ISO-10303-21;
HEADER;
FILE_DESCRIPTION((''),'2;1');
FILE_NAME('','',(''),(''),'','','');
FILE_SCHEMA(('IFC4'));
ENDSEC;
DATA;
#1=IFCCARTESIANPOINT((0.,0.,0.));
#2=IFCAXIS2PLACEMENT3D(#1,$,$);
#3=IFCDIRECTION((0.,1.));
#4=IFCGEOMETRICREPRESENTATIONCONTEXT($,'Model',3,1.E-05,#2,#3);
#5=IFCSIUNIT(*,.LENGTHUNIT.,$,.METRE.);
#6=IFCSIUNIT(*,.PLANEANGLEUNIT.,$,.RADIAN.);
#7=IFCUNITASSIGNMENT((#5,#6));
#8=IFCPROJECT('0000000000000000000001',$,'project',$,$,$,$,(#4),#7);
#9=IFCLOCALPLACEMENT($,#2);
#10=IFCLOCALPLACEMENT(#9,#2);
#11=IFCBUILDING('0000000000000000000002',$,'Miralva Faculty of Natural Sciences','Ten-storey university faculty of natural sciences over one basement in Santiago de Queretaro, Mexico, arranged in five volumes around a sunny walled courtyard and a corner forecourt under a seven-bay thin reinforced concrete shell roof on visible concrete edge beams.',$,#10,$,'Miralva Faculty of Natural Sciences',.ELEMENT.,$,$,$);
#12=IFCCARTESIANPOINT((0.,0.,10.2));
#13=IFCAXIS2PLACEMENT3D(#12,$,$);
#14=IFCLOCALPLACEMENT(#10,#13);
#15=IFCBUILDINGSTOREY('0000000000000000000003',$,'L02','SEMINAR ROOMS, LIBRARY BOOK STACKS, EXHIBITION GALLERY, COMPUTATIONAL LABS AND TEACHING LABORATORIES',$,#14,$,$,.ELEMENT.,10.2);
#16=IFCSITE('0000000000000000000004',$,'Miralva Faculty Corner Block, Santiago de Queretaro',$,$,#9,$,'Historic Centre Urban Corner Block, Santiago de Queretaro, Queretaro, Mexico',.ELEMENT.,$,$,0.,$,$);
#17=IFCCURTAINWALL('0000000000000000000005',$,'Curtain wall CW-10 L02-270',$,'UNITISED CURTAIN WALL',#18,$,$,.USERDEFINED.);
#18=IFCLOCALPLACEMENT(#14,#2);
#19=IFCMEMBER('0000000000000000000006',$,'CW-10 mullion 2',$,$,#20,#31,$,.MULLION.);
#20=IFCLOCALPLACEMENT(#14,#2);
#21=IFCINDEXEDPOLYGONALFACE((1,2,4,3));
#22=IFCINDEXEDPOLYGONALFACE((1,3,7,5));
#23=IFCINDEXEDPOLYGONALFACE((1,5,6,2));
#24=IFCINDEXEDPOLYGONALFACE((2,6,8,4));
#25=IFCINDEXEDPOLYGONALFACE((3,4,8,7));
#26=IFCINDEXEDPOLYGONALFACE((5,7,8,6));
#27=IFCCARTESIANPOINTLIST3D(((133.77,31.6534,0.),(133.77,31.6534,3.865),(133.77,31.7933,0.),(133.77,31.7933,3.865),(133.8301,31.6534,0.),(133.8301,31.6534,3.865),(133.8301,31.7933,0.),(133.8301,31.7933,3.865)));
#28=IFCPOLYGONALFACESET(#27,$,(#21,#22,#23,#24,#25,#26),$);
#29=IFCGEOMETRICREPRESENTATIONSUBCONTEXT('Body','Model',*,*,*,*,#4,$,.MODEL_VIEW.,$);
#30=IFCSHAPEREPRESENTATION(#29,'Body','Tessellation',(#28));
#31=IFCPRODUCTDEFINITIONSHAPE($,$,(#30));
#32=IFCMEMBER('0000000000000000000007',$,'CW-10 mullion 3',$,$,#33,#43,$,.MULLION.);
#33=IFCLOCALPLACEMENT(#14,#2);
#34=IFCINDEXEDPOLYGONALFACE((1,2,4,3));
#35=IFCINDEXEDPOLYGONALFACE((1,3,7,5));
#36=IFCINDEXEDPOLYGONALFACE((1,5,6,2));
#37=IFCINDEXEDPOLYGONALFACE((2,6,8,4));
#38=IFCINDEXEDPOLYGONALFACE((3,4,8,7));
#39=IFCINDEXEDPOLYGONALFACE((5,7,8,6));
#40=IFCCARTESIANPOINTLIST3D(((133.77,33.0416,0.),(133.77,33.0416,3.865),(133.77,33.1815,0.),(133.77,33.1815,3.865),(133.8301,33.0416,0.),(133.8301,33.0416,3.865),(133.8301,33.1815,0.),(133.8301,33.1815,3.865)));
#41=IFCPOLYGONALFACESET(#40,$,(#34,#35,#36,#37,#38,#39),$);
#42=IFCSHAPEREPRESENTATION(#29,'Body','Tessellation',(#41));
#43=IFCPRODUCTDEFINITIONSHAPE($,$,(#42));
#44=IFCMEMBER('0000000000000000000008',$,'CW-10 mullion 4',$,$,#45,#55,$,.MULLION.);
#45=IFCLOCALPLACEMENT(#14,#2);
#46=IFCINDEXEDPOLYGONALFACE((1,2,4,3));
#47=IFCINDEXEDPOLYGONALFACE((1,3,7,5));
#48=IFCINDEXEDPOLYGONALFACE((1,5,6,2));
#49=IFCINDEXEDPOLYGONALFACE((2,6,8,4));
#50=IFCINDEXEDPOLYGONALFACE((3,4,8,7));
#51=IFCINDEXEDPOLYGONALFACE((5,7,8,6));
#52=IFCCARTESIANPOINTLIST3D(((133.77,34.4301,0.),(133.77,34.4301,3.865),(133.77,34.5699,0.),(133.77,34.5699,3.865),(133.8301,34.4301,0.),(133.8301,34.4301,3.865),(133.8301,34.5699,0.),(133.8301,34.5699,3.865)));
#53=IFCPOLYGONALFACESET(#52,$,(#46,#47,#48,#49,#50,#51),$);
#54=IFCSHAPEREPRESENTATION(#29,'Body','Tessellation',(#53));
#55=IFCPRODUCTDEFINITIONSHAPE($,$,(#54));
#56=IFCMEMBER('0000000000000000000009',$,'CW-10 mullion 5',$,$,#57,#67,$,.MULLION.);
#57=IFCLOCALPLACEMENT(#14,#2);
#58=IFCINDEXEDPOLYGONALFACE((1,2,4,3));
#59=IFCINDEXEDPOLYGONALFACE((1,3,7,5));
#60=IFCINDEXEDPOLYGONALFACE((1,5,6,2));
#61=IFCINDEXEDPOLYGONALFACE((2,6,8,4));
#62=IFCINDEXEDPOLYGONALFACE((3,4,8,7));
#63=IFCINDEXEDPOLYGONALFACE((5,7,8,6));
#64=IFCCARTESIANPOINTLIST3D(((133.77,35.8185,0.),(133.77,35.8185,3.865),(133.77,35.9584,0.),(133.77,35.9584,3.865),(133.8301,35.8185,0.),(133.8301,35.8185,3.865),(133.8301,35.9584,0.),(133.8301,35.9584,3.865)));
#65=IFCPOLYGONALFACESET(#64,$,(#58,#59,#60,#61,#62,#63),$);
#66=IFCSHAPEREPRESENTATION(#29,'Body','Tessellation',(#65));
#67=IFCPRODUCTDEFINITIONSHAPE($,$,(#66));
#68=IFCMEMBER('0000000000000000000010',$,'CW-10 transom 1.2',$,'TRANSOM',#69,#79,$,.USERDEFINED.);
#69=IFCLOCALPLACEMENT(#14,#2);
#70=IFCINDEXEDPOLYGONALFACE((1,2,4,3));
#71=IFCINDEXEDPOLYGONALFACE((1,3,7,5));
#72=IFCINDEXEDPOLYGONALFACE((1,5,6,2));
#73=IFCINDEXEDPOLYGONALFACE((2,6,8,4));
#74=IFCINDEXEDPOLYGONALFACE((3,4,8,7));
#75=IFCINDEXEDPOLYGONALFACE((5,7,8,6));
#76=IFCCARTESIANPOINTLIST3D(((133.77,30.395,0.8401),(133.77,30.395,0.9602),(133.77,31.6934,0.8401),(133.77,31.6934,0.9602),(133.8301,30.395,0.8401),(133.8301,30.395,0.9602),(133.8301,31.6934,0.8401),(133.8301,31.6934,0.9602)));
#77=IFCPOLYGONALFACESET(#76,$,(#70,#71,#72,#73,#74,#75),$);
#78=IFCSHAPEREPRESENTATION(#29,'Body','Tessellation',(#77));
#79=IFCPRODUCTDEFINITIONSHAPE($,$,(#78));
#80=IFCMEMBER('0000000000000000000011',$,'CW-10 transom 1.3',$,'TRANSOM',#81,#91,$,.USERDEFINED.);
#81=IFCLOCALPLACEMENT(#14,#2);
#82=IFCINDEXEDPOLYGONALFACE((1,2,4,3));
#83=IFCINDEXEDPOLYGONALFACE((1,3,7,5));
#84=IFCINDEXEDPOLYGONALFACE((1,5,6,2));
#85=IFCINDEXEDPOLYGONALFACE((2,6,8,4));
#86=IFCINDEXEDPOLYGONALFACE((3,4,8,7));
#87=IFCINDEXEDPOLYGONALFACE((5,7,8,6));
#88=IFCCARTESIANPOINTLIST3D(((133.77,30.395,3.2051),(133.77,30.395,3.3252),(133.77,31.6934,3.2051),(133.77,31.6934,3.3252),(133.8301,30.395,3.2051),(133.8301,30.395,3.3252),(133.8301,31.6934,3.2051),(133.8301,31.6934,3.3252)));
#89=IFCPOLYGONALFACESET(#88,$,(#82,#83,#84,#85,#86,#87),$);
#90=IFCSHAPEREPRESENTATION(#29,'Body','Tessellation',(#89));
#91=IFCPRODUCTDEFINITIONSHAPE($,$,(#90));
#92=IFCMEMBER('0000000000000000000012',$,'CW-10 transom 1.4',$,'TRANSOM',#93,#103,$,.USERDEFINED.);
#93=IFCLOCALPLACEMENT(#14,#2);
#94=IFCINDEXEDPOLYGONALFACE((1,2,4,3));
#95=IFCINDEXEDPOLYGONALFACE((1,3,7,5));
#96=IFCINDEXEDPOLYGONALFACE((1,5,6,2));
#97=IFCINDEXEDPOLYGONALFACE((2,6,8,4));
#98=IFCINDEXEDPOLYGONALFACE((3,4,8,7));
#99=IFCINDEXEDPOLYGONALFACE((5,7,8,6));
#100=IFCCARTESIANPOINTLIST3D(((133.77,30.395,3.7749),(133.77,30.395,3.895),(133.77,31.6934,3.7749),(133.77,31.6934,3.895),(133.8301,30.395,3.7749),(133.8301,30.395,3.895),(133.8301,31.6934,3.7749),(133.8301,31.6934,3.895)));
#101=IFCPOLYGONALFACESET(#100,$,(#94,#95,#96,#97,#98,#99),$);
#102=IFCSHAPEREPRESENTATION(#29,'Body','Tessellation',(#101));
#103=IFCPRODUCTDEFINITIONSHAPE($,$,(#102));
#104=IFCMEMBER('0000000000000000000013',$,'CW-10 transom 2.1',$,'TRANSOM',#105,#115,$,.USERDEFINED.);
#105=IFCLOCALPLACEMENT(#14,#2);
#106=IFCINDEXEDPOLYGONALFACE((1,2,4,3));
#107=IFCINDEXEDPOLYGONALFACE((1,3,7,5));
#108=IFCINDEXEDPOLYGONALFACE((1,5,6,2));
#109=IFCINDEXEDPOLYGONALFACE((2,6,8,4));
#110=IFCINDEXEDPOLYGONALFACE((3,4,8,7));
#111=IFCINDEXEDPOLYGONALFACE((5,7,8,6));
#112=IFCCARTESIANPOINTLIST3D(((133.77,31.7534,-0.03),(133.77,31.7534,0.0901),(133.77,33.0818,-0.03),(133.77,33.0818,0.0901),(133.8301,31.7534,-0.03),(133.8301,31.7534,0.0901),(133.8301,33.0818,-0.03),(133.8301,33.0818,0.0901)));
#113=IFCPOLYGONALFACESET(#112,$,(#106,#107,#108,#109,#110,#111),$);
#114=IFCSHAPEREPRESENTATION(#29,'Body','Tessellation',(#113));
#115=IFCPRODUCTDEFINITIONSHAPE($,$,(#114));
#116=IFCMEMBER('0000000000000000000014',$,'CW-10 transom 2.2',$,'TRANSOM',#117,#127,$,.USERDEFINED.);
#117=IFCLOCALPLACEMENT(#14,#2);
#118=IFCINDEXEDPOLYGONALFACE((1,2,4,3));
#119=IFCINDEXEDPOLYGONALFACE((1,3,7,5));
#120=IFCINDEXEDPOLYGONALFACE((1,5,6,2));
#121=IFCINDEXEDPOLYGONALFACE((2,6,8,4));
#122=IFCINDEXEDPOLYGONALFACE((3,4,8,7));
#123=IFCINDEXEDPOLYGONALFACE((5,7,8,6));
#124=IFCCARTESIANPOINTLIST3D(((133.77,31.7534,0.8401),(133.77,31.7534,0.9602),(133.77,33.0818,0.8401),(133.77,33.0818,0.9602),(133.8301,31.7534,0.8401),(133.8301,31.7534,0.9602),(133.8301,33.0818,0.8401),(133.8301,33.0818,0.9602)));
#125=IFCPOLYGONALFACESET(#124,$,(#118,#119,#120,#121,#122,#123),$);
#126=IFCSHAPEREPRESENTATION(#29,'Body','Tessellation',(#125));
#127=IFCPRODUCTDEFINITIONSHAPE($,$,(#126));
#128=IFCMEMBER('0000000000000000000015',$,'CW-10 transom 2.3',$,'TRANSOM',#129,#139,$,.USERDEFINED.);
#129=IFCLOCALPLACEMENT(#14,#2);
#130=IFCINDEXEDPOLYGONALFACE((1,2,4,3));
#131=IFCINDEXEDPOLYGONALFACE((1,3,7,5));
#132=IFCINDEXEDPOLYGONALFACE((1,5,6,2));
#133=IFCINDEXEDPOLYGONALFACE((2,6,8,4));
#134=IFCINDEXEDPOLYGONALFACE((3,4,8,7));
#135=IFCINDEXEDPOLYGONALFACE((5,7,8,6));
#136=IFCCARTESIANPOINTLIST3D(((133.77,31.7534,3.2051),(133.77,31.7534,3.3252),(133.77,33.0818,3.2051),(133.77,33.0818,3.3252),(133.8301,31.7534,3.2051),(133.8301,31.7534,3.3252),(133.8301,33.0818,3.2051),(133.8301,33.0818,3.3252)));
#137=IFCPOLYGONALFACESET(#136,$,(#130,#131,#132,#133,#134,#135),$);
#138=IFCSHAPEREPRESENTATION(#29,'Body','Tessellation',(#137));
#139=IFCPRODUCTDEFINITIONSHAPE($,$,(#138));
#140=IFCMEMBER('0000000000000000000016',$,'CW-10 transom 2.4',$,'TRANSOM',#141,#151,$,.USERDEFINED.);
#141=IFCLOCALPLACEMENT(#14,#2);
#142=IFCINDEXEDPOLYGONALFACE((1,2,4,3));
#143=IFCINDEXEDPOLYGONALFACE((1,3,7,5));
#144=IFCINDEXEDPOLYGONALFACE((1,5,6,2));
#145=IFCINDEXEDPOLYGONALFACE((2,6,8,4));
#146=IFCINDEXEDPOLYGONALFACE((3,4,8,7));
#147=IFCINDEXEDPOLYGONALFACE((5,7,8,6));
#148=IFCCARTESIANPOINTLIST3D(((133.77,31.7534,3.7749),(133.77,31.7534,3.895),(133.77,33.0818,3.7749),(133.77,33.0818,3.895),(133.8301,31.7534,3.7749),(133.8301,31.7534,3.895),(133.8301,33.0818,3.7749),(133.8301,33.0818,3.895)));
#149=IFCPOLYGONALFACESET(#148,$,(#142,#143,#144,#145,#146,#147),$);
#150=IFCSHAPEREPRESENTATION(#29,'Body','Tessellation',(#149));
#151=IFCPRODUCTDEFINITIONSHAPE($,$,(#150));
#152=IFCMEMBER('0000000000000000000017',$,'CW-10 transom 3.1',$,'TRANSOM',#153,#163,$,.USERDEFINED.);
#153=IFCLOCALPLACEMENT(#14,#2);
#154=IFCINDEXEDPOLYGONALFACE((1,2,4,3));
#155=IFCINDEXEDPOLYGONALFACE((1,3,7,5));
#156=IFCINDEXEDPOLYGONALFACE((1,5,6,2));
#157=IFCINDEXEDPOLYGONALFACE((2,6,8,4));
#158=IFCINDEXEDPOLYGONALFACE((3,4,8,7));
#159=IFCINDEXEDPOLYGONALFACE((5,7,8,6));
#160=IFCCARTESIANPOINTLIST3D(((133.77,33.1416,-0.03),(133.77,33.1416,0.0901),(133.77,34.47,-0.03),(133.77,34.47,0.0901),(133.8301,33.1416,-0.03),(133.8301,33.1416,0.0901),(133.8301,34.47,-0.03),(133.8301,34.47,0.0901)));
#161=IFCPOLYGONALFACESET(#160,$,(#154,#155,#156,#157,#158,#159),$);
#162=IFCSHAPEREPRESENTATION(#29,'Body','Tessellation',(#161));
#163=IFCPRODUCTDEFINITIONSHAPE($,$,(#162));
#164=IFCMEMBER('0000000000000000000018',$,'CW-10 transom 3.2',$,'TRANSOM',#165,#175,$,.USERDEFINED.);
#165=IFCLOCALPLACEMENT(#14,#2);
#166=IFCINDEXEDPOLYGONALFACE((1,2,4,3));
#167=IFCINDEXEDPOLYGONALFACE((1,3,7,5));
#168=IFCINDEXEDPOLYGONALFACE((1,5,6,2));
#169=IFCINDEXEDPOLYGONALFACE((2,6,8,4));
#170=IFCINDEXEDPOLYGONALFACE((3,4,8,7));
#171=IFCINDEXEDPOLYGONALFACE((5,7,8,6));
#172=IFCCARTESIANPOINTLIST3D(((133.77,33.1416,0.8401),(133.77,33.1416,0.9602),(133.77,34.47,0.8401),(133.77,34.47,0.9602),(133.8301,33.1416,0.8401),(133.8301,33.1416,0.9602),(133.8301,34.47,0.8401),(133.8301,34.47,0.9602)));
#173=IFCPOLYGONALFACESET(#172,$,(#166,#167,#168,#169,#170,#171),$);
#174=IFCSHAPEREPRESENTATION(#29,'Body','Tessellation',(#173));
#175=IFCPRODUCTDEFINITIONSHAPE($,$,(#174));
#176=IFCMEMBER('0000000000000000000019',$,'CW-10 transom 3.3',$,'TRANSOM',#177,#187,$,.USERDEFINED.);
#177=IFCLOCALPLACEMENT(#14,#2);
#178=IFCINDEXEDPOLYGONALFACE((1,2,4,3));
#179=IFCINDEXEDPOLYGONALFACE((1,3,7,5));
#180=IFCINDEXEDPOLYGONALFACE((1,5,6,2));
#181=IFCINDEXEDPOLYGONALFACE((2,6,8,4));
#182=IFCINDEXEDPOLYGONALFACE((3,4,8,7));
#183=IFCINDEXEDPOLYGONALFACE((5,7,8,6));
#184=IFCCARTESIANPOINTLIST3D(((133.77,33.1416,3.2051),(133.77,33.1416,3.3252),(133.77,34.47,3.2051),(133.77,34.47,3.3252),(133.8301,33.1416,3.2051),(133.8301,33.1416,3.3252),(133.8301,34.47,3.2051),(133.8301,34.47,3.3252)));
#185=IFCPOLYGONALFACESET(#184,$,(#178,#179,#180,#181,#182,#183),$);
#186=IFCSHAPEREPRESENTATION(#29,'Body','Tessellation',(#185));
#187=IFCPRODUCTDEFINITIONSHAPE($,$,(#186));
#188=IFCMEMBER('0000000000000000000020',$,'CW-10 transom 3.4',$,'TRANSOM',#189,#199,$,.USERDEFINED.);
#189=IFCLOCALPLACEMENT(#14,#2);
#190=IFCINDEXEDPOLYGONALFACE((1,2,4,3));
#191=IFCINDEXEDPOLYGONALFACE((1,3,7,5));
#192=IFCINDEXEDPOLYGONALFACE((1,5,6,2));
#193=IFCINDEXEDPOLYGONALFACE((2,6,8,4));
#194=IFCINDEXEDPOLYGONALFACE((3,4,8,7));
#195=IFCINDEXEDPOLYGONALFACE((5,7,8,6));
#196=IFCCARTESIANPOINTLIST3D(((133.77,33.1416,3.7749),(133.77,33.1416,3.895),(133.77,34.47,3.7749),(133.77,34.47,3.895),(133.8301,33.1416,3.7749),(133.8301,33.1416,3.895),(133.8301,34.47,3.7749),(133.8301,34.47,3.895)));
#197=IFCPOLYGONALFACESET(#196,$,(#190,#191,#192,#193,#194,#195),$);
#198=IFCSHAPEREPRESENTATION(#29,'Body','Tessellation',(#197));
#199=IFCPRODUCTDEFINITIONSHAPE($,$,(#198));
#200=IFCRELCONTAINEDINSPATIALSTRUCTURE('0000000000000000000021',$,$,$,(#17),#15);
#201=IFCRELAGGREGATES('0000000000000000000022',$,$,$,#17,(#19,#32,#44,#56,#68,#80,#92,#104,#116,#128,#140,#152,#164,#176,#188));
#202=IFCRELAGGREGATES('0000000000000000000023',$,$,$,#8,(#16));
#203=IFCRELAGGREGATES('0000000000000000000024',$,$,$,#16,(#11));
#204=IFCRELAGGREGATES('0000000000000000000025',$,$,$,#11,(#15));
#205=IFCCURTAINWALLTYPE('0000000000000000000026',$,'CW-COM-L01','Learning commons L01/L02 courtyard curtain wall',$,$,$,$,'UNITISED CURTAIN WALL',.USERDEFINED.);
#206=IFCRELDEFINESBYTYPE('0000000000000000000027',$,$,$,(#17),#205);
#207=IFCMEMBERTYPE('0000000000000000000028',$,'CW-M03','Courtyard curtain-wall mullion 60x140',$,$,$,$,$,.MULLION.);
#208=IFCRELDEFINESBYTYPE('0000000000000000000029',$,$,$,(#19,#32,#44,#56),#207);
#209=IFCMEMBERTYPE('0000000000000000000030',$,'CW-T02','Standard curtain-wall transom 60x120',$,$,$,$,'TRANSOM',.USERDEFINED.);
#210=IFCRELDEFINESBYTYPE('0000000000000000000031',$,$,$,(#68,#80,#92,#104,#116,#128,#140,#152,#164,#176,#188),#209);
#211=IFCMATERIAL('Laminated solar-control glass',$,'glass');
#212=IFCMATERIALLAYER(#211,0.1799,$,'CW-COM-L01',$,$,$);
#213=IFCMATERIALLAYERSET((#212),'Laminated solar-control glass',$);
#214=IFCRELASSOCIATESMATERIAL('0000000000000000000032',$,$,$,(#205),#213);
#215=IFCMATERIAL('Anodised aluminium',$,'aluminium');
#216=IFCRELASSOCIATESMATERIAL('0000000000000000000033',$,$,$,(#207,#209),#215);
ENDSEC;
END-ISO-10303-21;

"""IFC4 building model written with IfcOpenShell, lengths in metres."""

from ifc_helpers import new_model, si_unit, direction, frame, origin, origin_2d, place, context, subcontext, project, spatial, rectangle, extrude, material, layer, layer_set, material_profile, profile_set, type_object, element, aggregate, save


model = new_model("IFC4")

# Units and contexts
model_context = context("Model", 3, precision=1e-05, world=origin(), true_north=direction((0.0, 1.0)))
body_context = subcontext(model_context, "Body", "Model", "MODEL_VIEW")
ifc_project = project(units=[si_unit("LENGTHUNIT", "METRE"), si_unit("PLANEANGLEUNIT", "RADIAN")], contexts=[model_context])

# Site, building, storey
site_placement = place(None, origin())
site = spatial("IfcSite", under=ifc_project, at=site_placement, Name="Miralva Faculty Corner Block, Santiago de Queretaro", LongName="Historic Centre Urban Corner Block, Santiago de Queretaro, Queretaro, Mexico", CompositionType="ELEMENT", RefElevation=0.0)
building_placement = place(site_placement, origin())
building = spatial("IfcBuilding", under=site, at=building_placement, Name="Miralva Faculty of Natural Sciences", Description="Ten-storey university faculty of natural sciences over one basement in Santiago de Queretaro, Mexico, arranged in five volumes around a sunny walled courtyard and a corner forecourt under a seven-bay thin reinforced concrete shell roof on visible concrete edge beams.", LongName="Miralva Faculty of Natural Sciences", CompositionType="ELEMENT")
storey_placement = place(building_placement, frame((0.0, 0.0, 10.2)))
storey = spatial("IfcBuildingStorey", under=building, at=storey_placement, Name="L02", Description="SEMINAR ROOMS, LIBRARY BOOK STACKS, EXHIBITION GALLERY, COMPUTATIONAL LABS AND TEACHING LABORATORIES", CompositionType="ELEMENT", Elevation=10.2)

# Curtain wall, members
ifc_material_1 = material(Name="Laminated solar-control glass", Category="glass")
ifc_layer_1 = layer(ifc_material_1, 0.1799, Name="CW-COM-L01")
ifc_layer_set_1 = layer_set([ifc_layer_1], Name="Laminated solar-control glass")
curtain_wall_type = type_object("IfcCurtainWallType", Name="CW-COM-L01", Description="Learning commons L01/L02 courtyard curtain wall", ElementType="UNITISED CURTAIN WALL", PredefinedType="USERDEFINED", material=ifc_layer_set_1)
curtain_wall_placement = place(storey_placement, origin())
curtain_wall = element("IfcCurtainWall", 1, at=curtain_wall_placement, inside=storey, type_object=curtain_wall_type, Name="Curtain wall CW-10 L02-270", ObjectType="UNITISED CURTAIN WALL", PredefinedType="USERDEFINED")
ifc_material_2 = material(Name="Anodised aluminium", Category="aluminium")
ifc_material_profile_1 = material_profile(ifc_material_2, rectangle(XDim=0.0601, YDim=0.1399, at=origin_2d()), Name="MULLION 60x140")
ifc_profile_set_1 = profile_set([ifc_material_profile_1], Name="Anodised aluminium")
member_type_1 = type_object("IfcMemberType", Name="CW-M03", Description="Courtyard curtain-wall mullion 60x140", PredefinedType="MULLION", material=ifc_profile_set_1)
member_1_placement = place(storey_placement, frame((133.8, 31.7234, 0.0), z_axis=(0.0, 0.0, 1.0), x_axis=(-1.0, 0.0, 0.0)))
member_1 = element("IfcMember", 2, at=member_1_placement, type_object=member_type_1, Name="CW-10 mullion 2", PredefinedType="MULLION", context=body_context, shape_type="SweptSolid", body=[
    extrude(rectangle(XDim=0.0601, YDim=0.1399, at=origin_2d()), origin(), (0.0, 0.0, 1.0), 3.865),
])
member_2_placement = place(storey_placement, frame((133.8, 33.1116, 0.0), z_axis=(0.0, 0.0, 1.0), x_axis=(-1.0, 0.0, 0.0)))
member_2 = element("IfcMember", 3, at=member_2_placement, type_object=member_type_1, Name="CW-10 mullion 3", PredefinedType="MULLION", context=body_context, shape_type="SweptSolid", body=[
    extrude(rectangle(XDim=0.0601, YDim=0.1399, at=origin_2d()), origin(), (0.0, 0.0, 1.0), 3.865),
])
member_3_placement = place(storey_placement, frame((133.8, 34.5, 0.0), z_axis=(0.0, 0.0, 1.0), x_axis=(-1.0, 0.0, 0.0)))
member_3 = element("IfcMember", 4, at=member_3_placement, type_object=member_type_1, Name="CW-10 mullion 4", PredefinedType="MULLION", context=body_context, shape_type="SweptSolid", body=[
    extrude(rectangle(XDim=0.0601, YDim=0.1399, at=origin_2d()), origin(), (0.0, 0.0, 1.0), 3.865),
])
member_4_placement = place(storey_placement, frame((133.8, 35.8884, 0.0), z_axis=(0.0, 0.0, 1.0), x_axis=(-1.0, 0.0, 0.0)))
member_4 = element("IfcMember", 5, at=member_4_placement, type_object=member_type_1, Name="CW-10 mullion 5", PredefinedType="MULLION", context=body_context, shape_type="SweptSolid", body=[
    extrude(rectangle(XDim=0.0601, YDim=0.1399, at=origin_2d()), origin(), (0.0, 0.0, 1.0), 3.865),
])
ifc_material_profile_2 = material_profile(ifc_material_2, rectangle(XDim=0.0601, YDim=0.1201, at=origin_2d()), Name="TRANSOM 60x120")
ifc_profile_set_2 = profile_set([ifc_material_profile_2], Name="Anodised aluminium")
member_type_2 = type_object("IfcMemberType", Name="CW-T02", Description="Standard curtain-wall transom 60x120", ElementType="TRANSOM", PredefinedType="USERDEFINED", material=ifc_profile_set_2)
member_5_placement = place(storey_placement, frame((133.8, 30.395, 0.9001), z_axis=(0.0, 1.0, 0.0), x_axis=(-1.0, 0.0, 0.0)))
member_5 = element("IfcMember", 6, at=member_5_placement, type_object=member_type_2, Name="CW-10 transom 1.2", ObjectType="TRANSOM", PredefinedType="USERDEFINED", context=body_context, shape_type="SweptSolid", body=[
    extrude(rectangle(XDim=0.0601, YDim=0.1201, at=origin_2d()), origin(), (0.0, 0.0, 1.0), 1.2983),
])
member_6_placement = place(storey_placement, frame((133.8, 30.395, 3.2651), z_axis=(0.0, 1.0, 0.0), x_axis=(-1.0, 0.0, 0.0)))
member_6 = element("IfcMember", 7, at=member_6_placement, type_object=member_type_2, Name="CW-10 transom 1.3", ObjectType="TRANSOM", PredefinedType="USERDEFINED", context=body_context, shape_type="SweptSolid", body=[
    extrude(rectangle(XDim=0.0601, YDim=0.1201, at=origin_2d()), origin(), (0.0, 0.0, 1.0), 1.2983),
])
member_7_placement = place(storey_placement, frame((133.8, 30.395, 3.835), z_axis=(0.0, 1.0, 0.0), x_axis=(-1.0, 0.0, 0.0)))
member_7 = element("IfcMember", 8, at=member_7_placement, type_object=member_type_2, Name="CW-10 transom 1.4", ObjectType="TRANSOM", PredefinedType="USERDEFINED", context=body_context, shape_type="SweptSolid", body=[
    extrude(rectangle(XDim=0.0601, YDim=0.1201, at=origin_2d()), origin(), (0.0, 0.0, 1.0), 1.2983),
])
member_8_placement = place(storey_placement, frame((133.8, 31.7534, 0.03), z_axis=(0.0, 1.0, 0.0), x_axis=(-1.0, 0.0, 0.0)))
member_8 = element("IfcMember", 9, at=member_8_placement, type_object=member_type_2, Name="CW-10 transom 2.1", ObjectType="TRANSOM", PredefinedType="USERDEFINED", context=body_context, shape_type="SweptSolid", body=[
    extrude(rectangle(XDim=0.0601, YDim=0.1201, at=origin_2d()), origin(), (0.0, 0.0, 1.0), 1.3284),
])
member_9_placement = place(storey_placement, frame((133.8, 31.7534, 0.9001), z_axis=(0.0, 1.0, 0.0), x_axis=(-1.0, 0.0, 0.0)))
member_9 = element("IfcMember", 10, at=member_9_placement, type_object=member_type_2, Name="CW-10 transom 2.2", ObjectType="TRANSOM", PredefinedType="USERDEFINED", context=body_context, shape_type="SweptSolid", body=[
    extrude(rectangle(XDim=0.0601, YDim=0.1201, at=origin_2d()), origin(), (0.0, 0.0, 1.0), 1.3284),
])
member_10_placement = place(storey_placement, frame((133.8, 31.7534, 3.2651), z_axis=(0.0, 1.0, 0.0), x_axis=(-1.0, 0.0, 0.0)))
member_10 = element("IfcMember", 11, at=member_10_placement, type_object=member_type_2, Name="CW-10 transom 2.3", ObjectType="TRANSOM", PredefinedType="USERDEFINED", context=body_context, shape_type="SweptSolid", body=[
    extrude(rectangle(XDim=0.0601, YDim=0.1201, at=origin_2d()), origin(), (0.0, 0.0, 1.0), 1.3284),
])
member_11_placement = place(storey_placement, frame((133.8, 31.7534, 3.835), z_axis=(0.0, 1.0, 0.0), x_axis=(-1.0, 0.0, 0.0)))
member_11 = element("IfcMember", 12, at=member_11_placement, type_object=member_type_2, Name="CW-10 transom 2.4", ObjectType="TRANSOM", PredefinedType="USERDEFINED", context=body_context, shape_type="SweptSolid", body=[
    extrude(rectangle(XDim=0.0601, YDim=0.1201, at=origin_2d()), origin(), (0.0, 0.0, 1.0), 1.3284),
])
member_12_placement = place(storey_placement, frame((133.8, 33.1416, 0.03), z_axis=(0.0, 1.0, 0.0), x_axis=(-1.0, 0.0, 0.0)))
member_12 = element("IfcMember", 13, at=member_12_placement, type_object=member_type_2, Name="CW-10 transom 3.1", ObjectType="TRANSOM", PredefinedType="USERDEFINED", context=body_context, shape_type="SweptSolid", body=[
    extrude(rectangle(XDim=0.0601, YDim=0.1201, at=origin_2d()), origin(), (0.0, 0.0, 1.0), 1.3284),
])
member_13_placement = place(storey_placement, frame((133.8, 33.1416, 0.9001), z_axis=(0.0, 1.0, 0.0), x_axis=(-1.0, 0.0, 0.0)))
member_13 = element("IfcMember", 14, at=member_13_placement, type_object=member_type_2, Name="CW-10 transom 3.2", ObjectType="TRANSOM", PredefinedType="USERDEFINED", context=body_context, shape_type="SweptSolid", body=[
    extrude(rectangle(XDim=0.0601, YDim=0.1201, at=origin_2d()), origin(), (0.0, 0.0, 1.0), 1.3284),
])
member_14_placement = place(storey_placement, frame((133.8, 33.1416, 3.2651), z_axis=(0.0, 1.0, 0.0), x_axis=(-1.0, 0.0, 0.0)))
member_14 = element("IfcMember", 15, at=member_14_placement, type_object=member_type_2, Name="CW-10 transom 3.3", ObjectType="TRANSOM", PredefinedType="USERDEFINED", context=body_context, shape_type="SweptSolid", body=[
    extrude(rectangle(XDim=0.0601, YDim=0.1201, at=origin_2d()), origin(), (0.0, 0.0, 1.0), 1.3284),
])
member_15_placement = place(storey_placement, frame((133.8, 33.1416, 3.835), z_axis=(0.0, 1.0, 0.0), x_axis=(-1.0, 0.0, 0.0)))
member_15 = element("IfcMember", 16, at=member_15_placement, type_object=member_type_2, Name="CW-10 transom 3.4", ObjectType="TRANSOM", PredefinedType="USERDEFINED", context=body_context, shape_type="SweptSolid", body=[
    extrude(rectangle(XDim=0.0601, YDim=0.1201, at=origin_2d()), origin(), (0.0, 0.0, 1.0), 1.3284),
])
aggregate(curtain_wall, [member_1, member_2, member_3, member_4, member_5, member_6, member_7, member_8, member_9, member_10, member_11, member_12, member_13, member_14, member_15])

save(model, "model.ifc")
